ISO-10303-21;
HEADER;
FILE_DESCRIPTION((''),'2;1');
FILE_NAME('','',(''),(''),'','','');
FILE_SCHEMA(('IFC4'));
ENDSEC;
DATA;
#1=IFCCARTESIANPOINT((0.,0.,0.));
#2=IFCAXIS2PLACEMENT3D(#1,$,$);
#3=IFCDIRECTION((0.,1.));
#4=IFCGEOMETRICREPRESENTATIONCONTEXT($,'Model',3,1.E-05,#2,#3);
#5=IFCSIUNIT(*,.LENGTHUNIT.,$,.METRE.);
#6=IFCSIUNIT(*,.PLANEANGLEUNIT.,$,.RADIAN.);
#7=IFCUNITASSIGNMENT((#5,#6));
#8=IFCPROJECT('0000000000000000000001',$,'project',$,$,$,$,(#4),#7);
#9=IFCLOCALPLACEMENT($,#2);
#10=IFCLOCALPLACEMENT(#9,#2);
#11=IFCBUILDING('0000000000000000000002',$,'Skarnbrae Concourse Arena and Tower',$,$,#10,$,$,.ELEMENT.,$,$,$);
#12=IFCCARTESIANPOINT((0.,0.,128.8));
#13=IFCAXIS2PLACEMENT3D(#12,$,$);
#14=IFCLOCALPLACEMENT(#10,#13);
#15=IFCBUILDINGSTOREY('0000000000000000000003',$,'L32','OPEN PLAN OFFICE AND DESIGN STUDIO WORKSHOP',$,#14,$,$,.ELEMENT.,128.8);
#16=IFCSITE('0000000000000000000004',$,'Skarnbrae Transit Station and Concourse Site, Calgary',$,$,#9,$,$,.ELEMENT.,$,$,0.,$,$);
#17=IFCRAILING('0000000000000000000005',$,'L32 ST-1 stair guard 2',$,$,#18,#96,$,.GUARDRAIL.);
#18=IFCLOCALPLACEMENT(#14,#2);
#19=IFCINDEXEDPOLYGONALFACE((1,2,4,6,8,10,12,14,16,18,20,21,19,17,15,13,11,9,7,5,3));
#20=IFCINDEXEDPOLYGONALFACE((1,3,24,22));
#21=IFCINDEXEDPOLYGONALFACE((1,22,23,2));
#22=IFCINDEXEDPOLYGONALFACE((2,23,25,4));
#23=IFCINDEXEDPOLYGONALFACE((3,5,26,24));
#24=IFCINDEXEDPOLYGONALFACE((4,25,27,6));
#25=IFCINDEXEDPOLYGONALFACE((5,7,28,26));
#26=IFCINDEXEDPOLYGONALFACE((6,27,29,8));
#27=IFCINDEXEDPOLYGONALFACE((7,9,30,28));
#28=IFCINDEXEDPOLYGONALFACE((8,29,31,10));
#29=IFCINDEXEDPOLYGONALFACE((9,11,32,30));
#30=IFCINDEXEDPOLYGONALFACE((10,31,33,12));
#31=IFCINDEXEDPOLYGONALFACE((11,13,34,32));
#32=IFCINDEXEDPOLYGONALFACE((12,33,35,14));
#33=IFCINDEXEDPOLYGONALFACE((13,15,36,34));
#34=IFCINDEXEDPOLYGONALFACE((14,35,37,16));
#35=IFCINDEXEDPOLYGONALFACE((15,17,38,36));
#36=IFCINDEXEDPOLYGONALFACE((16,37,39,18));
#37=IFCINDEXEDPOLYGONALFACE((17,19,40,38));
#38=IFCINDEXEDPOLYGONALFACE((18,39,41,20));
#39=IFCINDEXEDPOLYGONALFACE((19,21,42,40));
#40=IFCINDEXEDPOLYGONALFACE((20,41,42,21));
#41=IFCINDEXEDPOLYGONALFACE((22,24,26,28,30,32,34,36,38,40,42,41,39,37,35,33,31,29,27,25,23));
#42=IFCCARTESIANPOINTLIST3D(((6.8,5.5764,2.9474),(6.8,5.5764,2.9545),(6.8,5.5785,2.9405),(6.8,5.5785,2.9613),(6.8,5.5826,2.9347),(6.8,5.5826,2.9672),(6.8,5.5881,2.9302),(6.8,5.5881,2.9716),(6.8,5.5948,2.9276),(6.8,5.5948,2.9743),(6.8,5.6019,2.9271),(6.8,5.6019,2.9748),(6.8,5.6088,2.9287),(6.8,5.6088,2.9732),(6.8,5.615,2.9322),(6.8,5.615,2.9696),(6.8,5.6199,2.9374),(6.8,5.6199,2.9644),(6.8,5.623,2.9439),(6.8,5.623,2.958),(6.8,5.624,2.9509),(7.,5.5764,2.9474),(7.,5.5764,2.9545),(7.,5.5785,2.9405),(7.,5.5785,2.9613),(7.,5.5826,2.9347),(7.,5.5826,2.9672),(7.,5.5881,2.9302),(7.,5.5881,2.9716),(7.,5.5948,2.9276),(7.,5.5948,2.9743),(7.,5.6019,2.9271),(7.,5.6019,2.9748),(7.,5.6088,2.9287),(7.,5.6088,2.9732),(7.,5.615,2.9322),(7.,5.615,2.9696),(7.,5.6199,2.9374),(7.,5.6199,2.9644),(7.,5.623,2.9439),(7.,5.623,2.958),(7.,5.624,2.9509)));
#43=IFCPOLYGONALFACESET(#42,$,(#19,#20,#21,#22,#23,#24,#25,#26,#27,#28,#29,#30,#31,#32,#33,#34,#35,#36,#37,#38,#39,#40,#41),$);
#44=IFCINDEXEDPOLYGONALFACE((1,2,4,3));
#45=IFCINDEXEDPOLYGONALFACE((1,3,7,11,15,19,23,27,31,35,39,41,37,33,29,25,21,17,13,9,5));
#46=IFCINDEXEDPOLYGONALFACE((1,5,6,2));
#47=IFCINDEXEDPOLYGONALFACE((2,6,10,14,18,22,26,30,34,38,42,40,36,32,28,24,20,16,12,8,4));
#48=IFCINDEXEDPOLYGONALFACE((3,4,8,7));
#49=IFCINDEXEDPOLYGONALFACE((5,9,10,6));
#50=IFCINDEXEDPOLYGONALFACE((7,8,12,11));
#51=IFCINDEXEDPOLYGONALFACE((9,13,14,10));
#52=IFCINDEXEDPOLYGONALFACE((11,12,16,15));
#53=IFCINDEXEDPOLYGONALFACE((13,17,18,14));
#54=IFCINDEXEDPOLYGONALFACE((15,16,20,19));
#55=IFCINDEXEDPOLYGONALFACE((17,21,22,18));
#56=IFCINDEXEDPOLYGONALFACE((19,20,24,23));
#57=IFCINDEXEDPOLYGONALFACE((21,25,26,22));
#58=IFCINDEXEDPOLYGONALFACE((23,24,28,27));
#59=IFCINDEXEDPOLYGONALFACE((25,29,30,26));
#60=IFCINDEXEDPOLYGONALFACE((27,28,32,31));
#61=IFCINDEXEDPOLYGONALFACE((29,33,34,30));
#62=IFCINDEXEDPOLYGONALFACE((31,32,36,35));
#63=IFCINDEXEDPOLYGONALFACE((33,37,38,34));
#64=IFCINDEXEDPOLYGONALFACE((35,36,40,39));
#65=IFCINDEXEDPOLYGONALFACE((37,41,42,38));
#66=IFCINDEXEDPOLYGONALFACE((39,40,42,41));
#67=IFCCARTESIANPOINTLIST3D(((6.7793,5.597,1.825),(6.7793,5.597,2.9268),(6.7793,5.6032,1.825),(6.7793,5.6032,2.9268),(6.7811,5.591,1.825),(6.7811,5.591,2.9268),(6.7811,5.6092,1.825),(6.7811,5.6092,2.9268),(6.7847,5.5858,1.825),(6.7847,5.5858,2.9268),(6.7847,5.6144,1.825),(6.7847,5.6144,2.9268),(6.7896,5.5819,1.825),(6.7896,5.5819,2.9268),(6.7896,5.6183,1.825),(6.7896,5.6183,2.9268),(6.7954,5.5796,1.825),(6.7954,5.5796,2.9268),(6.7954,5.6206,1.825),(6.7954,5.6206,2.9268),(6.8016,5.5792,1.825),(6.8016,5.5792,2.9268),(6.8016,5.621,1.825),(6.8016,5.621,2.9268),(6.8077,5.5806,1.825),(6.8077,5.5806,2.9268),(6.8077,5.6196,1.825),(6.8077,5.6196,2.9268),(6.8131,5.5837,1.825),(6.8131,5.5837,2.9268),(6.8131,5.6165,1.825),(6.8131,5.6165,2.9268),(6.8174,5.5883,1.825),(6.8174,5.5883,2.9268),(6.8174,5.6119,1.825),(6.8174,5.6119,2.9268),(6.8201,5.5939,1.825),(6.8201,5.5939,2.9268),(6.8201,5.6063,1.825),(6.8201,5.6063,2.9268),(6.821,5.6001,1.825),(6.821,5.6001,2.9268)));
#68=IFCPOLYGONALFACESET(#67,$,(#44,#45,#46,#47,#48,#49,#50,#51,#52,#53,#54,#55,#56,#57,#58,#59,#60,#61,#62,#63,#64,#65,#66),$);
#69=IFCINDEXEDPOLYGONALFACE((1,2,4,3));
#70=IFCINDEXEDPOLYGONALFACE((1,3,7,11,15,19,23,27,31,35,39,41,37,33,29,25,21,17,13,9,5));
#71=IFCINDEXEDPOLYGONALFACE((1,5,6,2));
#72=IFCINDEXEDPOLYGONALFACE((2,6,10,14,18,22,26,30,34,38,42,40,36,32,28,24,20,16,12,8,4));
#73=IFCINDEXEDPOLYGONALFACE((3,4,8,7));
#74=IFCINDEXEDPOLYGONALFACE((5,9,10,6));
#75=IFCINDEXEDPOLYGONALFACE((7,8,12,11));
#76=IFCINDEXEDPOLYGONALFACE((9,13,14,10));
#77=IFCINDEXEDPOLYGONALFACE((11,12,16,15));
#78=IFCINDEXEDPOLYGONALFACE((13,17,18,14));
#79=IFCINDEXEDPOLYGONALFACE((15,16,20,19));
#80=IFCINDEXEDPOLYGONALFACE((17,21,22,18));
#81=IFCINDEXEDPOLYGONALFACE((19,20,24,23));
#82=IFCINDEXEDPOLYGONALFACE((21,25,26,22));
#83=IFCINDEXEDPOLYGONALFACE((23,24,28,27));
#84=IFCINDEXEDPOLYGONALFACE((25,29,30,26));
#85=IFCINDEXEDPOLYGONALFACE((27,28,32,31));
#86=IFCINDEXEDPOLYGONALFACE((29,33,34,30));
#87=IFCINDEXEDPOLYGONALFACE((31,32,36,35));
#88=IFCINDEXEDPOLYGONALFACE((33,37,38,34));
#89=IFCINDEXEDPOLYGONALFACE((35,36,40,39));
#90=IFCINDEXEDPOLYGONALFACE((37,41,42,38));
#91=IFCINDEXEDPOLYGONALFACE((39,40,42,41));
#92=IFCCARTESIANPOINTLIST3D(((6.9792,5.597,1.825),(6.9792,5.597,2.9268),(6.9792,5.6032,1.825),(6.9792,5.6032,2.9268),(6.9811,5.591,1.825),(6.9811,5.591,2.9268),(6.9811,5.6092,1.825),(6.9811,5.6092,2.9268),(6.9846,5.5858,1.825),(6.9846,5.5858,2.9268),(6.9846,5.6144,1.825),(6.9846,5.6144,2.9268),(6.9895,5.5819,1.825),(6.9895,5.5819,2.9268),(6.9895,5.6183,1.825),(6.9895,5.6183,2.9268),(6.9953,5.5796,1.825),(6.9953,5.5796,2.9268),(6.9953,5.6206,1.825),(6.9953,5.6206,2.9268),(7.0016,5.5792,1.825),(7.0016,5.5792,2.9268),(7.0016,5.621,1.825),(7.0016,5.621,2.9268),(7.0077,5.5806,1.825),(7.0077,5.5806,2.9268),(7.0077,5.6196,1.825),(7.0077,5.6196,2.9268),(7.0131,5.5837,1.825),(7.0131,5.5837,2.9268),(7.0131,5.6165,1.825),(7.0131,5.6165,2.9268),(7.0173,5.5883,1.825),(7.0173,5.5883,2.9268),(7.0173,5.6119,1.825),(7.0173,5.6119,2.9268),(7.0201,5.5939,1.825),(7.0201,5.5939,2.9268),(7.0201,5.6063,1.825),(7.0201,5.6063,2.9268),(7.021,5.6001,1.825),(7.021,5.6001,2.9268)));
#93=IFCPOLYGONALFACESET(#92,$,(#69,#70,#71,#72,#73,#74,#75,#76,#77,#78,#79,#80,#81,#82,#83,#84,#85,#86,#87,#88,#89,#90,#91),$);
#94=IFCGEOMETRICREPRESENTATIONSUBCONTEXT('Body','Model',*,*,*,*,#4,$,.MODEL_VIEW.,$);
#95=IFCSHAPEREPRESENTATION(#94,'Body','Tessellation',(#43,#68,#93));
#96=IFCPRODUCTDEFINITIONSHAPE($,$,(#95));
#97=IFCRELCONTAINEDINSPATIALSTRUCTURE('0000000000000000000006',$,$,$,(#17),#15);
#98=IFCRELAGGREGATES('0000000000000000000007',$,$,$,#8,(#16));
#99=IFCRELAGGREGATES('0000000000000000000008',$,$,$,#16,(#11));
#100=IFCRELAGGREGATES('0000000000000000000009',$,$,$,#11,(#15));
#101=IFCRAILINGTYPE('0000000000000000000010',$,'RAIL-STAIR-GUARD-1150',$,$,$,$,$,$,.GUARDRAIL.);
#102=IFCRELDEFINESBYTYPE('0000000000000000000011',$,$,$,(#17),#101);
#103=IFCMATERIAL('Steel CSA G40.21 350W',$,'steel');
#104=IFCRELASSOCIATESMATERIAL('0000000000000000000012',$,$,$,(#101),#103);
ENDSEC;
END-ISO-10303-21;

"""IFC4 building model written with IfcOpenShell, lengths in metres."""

from ifc_helpers import new_model, si_unit, direction, frame, origin, origin_2d, place, context, subcontext, project, spatial, circle, extrude, material, type_object, element, save


model = new_model("IFC4")

# Units and contexts
model_context = context("Model", 3, precision=1e-05, world=origin(), true_north=direction((0.0, 1.0)))
body_context = subcontext(model_context, "Body", "Model", "MODEL_VIEW")
ifc_project = project(units=[si_unit("LENGTHUNIT", "METRE"), si_unit("PLANEANGLEUNIT", "RADIAN")], contexts=[model_context])

# Site, building, storey
site_placement = place(None, origin())
site = spatial("IfcSite", under=ifc_project, at=site_placement, Name="Skarnbrae Transit Station and Concourse Site, Calgary", CompositionType="ELEMENT", RefElevation=0.0)
building_placement = place(site_placement, origin())
building = spatial("IfcBuilding", under=site, at=building_placement, Name="Skarnbrae Concourse Arena and Tower", CompositionType="ELEMENT")
storey_placement = place(building_placement, frame((0.0, 0.0, 128.8)))
storey = spatial("IfcBuildingStorey", under=building, at=storey_placement, Name="L32", Description="OPEN PLAN OFFICE AND DESIGN STUDIO WORKSHOP", CompositionType="ELEMENT", Elevation=128.8)

# Shared definitions
ifc_material_1 = material(Name="Steel CSA G40.21 350W", Category="steel")

# Railing
railing_type_1 = type_object("IfcRailingType", Name="RAIL-STAIR-GUARD-1150", PredefinedType="GUARDRAIL", material=ifc_material_1)
railing_1_placement = place(storey_placement, frame((6.8, 5.6001, 1.825)))
element("IfcRailing", 1, at=railing_1_placement, inside=storey, type_object=railing_type_1, Name="L32 ST-1 stair guard 2", PredefinedType="GUARDRAIL", context=body_context, shape_type="SweptSolid", body=[
    extrude(circle(Radius=0.0239, at=origin_2d()), frame((0.0, 0.0, 1.126), z_axis=(1.0, 0.0, 0.0), x_axis=(0.0, 1.0, 0.0)), (0.0, 0.0, 1.0), 0.2),
    extrude(circle(Radius=0.021, at=origin_2d()), origin(), (0.0, 0.0, 1.0), 1.1018),
    extrude(circle(Radius=0.021, at=origin_2d()), frame((0.2, 0.0, 0.0)), (0.0, 0.0, 1.0), 1.1018),
])

save(model, "model.ifc")
